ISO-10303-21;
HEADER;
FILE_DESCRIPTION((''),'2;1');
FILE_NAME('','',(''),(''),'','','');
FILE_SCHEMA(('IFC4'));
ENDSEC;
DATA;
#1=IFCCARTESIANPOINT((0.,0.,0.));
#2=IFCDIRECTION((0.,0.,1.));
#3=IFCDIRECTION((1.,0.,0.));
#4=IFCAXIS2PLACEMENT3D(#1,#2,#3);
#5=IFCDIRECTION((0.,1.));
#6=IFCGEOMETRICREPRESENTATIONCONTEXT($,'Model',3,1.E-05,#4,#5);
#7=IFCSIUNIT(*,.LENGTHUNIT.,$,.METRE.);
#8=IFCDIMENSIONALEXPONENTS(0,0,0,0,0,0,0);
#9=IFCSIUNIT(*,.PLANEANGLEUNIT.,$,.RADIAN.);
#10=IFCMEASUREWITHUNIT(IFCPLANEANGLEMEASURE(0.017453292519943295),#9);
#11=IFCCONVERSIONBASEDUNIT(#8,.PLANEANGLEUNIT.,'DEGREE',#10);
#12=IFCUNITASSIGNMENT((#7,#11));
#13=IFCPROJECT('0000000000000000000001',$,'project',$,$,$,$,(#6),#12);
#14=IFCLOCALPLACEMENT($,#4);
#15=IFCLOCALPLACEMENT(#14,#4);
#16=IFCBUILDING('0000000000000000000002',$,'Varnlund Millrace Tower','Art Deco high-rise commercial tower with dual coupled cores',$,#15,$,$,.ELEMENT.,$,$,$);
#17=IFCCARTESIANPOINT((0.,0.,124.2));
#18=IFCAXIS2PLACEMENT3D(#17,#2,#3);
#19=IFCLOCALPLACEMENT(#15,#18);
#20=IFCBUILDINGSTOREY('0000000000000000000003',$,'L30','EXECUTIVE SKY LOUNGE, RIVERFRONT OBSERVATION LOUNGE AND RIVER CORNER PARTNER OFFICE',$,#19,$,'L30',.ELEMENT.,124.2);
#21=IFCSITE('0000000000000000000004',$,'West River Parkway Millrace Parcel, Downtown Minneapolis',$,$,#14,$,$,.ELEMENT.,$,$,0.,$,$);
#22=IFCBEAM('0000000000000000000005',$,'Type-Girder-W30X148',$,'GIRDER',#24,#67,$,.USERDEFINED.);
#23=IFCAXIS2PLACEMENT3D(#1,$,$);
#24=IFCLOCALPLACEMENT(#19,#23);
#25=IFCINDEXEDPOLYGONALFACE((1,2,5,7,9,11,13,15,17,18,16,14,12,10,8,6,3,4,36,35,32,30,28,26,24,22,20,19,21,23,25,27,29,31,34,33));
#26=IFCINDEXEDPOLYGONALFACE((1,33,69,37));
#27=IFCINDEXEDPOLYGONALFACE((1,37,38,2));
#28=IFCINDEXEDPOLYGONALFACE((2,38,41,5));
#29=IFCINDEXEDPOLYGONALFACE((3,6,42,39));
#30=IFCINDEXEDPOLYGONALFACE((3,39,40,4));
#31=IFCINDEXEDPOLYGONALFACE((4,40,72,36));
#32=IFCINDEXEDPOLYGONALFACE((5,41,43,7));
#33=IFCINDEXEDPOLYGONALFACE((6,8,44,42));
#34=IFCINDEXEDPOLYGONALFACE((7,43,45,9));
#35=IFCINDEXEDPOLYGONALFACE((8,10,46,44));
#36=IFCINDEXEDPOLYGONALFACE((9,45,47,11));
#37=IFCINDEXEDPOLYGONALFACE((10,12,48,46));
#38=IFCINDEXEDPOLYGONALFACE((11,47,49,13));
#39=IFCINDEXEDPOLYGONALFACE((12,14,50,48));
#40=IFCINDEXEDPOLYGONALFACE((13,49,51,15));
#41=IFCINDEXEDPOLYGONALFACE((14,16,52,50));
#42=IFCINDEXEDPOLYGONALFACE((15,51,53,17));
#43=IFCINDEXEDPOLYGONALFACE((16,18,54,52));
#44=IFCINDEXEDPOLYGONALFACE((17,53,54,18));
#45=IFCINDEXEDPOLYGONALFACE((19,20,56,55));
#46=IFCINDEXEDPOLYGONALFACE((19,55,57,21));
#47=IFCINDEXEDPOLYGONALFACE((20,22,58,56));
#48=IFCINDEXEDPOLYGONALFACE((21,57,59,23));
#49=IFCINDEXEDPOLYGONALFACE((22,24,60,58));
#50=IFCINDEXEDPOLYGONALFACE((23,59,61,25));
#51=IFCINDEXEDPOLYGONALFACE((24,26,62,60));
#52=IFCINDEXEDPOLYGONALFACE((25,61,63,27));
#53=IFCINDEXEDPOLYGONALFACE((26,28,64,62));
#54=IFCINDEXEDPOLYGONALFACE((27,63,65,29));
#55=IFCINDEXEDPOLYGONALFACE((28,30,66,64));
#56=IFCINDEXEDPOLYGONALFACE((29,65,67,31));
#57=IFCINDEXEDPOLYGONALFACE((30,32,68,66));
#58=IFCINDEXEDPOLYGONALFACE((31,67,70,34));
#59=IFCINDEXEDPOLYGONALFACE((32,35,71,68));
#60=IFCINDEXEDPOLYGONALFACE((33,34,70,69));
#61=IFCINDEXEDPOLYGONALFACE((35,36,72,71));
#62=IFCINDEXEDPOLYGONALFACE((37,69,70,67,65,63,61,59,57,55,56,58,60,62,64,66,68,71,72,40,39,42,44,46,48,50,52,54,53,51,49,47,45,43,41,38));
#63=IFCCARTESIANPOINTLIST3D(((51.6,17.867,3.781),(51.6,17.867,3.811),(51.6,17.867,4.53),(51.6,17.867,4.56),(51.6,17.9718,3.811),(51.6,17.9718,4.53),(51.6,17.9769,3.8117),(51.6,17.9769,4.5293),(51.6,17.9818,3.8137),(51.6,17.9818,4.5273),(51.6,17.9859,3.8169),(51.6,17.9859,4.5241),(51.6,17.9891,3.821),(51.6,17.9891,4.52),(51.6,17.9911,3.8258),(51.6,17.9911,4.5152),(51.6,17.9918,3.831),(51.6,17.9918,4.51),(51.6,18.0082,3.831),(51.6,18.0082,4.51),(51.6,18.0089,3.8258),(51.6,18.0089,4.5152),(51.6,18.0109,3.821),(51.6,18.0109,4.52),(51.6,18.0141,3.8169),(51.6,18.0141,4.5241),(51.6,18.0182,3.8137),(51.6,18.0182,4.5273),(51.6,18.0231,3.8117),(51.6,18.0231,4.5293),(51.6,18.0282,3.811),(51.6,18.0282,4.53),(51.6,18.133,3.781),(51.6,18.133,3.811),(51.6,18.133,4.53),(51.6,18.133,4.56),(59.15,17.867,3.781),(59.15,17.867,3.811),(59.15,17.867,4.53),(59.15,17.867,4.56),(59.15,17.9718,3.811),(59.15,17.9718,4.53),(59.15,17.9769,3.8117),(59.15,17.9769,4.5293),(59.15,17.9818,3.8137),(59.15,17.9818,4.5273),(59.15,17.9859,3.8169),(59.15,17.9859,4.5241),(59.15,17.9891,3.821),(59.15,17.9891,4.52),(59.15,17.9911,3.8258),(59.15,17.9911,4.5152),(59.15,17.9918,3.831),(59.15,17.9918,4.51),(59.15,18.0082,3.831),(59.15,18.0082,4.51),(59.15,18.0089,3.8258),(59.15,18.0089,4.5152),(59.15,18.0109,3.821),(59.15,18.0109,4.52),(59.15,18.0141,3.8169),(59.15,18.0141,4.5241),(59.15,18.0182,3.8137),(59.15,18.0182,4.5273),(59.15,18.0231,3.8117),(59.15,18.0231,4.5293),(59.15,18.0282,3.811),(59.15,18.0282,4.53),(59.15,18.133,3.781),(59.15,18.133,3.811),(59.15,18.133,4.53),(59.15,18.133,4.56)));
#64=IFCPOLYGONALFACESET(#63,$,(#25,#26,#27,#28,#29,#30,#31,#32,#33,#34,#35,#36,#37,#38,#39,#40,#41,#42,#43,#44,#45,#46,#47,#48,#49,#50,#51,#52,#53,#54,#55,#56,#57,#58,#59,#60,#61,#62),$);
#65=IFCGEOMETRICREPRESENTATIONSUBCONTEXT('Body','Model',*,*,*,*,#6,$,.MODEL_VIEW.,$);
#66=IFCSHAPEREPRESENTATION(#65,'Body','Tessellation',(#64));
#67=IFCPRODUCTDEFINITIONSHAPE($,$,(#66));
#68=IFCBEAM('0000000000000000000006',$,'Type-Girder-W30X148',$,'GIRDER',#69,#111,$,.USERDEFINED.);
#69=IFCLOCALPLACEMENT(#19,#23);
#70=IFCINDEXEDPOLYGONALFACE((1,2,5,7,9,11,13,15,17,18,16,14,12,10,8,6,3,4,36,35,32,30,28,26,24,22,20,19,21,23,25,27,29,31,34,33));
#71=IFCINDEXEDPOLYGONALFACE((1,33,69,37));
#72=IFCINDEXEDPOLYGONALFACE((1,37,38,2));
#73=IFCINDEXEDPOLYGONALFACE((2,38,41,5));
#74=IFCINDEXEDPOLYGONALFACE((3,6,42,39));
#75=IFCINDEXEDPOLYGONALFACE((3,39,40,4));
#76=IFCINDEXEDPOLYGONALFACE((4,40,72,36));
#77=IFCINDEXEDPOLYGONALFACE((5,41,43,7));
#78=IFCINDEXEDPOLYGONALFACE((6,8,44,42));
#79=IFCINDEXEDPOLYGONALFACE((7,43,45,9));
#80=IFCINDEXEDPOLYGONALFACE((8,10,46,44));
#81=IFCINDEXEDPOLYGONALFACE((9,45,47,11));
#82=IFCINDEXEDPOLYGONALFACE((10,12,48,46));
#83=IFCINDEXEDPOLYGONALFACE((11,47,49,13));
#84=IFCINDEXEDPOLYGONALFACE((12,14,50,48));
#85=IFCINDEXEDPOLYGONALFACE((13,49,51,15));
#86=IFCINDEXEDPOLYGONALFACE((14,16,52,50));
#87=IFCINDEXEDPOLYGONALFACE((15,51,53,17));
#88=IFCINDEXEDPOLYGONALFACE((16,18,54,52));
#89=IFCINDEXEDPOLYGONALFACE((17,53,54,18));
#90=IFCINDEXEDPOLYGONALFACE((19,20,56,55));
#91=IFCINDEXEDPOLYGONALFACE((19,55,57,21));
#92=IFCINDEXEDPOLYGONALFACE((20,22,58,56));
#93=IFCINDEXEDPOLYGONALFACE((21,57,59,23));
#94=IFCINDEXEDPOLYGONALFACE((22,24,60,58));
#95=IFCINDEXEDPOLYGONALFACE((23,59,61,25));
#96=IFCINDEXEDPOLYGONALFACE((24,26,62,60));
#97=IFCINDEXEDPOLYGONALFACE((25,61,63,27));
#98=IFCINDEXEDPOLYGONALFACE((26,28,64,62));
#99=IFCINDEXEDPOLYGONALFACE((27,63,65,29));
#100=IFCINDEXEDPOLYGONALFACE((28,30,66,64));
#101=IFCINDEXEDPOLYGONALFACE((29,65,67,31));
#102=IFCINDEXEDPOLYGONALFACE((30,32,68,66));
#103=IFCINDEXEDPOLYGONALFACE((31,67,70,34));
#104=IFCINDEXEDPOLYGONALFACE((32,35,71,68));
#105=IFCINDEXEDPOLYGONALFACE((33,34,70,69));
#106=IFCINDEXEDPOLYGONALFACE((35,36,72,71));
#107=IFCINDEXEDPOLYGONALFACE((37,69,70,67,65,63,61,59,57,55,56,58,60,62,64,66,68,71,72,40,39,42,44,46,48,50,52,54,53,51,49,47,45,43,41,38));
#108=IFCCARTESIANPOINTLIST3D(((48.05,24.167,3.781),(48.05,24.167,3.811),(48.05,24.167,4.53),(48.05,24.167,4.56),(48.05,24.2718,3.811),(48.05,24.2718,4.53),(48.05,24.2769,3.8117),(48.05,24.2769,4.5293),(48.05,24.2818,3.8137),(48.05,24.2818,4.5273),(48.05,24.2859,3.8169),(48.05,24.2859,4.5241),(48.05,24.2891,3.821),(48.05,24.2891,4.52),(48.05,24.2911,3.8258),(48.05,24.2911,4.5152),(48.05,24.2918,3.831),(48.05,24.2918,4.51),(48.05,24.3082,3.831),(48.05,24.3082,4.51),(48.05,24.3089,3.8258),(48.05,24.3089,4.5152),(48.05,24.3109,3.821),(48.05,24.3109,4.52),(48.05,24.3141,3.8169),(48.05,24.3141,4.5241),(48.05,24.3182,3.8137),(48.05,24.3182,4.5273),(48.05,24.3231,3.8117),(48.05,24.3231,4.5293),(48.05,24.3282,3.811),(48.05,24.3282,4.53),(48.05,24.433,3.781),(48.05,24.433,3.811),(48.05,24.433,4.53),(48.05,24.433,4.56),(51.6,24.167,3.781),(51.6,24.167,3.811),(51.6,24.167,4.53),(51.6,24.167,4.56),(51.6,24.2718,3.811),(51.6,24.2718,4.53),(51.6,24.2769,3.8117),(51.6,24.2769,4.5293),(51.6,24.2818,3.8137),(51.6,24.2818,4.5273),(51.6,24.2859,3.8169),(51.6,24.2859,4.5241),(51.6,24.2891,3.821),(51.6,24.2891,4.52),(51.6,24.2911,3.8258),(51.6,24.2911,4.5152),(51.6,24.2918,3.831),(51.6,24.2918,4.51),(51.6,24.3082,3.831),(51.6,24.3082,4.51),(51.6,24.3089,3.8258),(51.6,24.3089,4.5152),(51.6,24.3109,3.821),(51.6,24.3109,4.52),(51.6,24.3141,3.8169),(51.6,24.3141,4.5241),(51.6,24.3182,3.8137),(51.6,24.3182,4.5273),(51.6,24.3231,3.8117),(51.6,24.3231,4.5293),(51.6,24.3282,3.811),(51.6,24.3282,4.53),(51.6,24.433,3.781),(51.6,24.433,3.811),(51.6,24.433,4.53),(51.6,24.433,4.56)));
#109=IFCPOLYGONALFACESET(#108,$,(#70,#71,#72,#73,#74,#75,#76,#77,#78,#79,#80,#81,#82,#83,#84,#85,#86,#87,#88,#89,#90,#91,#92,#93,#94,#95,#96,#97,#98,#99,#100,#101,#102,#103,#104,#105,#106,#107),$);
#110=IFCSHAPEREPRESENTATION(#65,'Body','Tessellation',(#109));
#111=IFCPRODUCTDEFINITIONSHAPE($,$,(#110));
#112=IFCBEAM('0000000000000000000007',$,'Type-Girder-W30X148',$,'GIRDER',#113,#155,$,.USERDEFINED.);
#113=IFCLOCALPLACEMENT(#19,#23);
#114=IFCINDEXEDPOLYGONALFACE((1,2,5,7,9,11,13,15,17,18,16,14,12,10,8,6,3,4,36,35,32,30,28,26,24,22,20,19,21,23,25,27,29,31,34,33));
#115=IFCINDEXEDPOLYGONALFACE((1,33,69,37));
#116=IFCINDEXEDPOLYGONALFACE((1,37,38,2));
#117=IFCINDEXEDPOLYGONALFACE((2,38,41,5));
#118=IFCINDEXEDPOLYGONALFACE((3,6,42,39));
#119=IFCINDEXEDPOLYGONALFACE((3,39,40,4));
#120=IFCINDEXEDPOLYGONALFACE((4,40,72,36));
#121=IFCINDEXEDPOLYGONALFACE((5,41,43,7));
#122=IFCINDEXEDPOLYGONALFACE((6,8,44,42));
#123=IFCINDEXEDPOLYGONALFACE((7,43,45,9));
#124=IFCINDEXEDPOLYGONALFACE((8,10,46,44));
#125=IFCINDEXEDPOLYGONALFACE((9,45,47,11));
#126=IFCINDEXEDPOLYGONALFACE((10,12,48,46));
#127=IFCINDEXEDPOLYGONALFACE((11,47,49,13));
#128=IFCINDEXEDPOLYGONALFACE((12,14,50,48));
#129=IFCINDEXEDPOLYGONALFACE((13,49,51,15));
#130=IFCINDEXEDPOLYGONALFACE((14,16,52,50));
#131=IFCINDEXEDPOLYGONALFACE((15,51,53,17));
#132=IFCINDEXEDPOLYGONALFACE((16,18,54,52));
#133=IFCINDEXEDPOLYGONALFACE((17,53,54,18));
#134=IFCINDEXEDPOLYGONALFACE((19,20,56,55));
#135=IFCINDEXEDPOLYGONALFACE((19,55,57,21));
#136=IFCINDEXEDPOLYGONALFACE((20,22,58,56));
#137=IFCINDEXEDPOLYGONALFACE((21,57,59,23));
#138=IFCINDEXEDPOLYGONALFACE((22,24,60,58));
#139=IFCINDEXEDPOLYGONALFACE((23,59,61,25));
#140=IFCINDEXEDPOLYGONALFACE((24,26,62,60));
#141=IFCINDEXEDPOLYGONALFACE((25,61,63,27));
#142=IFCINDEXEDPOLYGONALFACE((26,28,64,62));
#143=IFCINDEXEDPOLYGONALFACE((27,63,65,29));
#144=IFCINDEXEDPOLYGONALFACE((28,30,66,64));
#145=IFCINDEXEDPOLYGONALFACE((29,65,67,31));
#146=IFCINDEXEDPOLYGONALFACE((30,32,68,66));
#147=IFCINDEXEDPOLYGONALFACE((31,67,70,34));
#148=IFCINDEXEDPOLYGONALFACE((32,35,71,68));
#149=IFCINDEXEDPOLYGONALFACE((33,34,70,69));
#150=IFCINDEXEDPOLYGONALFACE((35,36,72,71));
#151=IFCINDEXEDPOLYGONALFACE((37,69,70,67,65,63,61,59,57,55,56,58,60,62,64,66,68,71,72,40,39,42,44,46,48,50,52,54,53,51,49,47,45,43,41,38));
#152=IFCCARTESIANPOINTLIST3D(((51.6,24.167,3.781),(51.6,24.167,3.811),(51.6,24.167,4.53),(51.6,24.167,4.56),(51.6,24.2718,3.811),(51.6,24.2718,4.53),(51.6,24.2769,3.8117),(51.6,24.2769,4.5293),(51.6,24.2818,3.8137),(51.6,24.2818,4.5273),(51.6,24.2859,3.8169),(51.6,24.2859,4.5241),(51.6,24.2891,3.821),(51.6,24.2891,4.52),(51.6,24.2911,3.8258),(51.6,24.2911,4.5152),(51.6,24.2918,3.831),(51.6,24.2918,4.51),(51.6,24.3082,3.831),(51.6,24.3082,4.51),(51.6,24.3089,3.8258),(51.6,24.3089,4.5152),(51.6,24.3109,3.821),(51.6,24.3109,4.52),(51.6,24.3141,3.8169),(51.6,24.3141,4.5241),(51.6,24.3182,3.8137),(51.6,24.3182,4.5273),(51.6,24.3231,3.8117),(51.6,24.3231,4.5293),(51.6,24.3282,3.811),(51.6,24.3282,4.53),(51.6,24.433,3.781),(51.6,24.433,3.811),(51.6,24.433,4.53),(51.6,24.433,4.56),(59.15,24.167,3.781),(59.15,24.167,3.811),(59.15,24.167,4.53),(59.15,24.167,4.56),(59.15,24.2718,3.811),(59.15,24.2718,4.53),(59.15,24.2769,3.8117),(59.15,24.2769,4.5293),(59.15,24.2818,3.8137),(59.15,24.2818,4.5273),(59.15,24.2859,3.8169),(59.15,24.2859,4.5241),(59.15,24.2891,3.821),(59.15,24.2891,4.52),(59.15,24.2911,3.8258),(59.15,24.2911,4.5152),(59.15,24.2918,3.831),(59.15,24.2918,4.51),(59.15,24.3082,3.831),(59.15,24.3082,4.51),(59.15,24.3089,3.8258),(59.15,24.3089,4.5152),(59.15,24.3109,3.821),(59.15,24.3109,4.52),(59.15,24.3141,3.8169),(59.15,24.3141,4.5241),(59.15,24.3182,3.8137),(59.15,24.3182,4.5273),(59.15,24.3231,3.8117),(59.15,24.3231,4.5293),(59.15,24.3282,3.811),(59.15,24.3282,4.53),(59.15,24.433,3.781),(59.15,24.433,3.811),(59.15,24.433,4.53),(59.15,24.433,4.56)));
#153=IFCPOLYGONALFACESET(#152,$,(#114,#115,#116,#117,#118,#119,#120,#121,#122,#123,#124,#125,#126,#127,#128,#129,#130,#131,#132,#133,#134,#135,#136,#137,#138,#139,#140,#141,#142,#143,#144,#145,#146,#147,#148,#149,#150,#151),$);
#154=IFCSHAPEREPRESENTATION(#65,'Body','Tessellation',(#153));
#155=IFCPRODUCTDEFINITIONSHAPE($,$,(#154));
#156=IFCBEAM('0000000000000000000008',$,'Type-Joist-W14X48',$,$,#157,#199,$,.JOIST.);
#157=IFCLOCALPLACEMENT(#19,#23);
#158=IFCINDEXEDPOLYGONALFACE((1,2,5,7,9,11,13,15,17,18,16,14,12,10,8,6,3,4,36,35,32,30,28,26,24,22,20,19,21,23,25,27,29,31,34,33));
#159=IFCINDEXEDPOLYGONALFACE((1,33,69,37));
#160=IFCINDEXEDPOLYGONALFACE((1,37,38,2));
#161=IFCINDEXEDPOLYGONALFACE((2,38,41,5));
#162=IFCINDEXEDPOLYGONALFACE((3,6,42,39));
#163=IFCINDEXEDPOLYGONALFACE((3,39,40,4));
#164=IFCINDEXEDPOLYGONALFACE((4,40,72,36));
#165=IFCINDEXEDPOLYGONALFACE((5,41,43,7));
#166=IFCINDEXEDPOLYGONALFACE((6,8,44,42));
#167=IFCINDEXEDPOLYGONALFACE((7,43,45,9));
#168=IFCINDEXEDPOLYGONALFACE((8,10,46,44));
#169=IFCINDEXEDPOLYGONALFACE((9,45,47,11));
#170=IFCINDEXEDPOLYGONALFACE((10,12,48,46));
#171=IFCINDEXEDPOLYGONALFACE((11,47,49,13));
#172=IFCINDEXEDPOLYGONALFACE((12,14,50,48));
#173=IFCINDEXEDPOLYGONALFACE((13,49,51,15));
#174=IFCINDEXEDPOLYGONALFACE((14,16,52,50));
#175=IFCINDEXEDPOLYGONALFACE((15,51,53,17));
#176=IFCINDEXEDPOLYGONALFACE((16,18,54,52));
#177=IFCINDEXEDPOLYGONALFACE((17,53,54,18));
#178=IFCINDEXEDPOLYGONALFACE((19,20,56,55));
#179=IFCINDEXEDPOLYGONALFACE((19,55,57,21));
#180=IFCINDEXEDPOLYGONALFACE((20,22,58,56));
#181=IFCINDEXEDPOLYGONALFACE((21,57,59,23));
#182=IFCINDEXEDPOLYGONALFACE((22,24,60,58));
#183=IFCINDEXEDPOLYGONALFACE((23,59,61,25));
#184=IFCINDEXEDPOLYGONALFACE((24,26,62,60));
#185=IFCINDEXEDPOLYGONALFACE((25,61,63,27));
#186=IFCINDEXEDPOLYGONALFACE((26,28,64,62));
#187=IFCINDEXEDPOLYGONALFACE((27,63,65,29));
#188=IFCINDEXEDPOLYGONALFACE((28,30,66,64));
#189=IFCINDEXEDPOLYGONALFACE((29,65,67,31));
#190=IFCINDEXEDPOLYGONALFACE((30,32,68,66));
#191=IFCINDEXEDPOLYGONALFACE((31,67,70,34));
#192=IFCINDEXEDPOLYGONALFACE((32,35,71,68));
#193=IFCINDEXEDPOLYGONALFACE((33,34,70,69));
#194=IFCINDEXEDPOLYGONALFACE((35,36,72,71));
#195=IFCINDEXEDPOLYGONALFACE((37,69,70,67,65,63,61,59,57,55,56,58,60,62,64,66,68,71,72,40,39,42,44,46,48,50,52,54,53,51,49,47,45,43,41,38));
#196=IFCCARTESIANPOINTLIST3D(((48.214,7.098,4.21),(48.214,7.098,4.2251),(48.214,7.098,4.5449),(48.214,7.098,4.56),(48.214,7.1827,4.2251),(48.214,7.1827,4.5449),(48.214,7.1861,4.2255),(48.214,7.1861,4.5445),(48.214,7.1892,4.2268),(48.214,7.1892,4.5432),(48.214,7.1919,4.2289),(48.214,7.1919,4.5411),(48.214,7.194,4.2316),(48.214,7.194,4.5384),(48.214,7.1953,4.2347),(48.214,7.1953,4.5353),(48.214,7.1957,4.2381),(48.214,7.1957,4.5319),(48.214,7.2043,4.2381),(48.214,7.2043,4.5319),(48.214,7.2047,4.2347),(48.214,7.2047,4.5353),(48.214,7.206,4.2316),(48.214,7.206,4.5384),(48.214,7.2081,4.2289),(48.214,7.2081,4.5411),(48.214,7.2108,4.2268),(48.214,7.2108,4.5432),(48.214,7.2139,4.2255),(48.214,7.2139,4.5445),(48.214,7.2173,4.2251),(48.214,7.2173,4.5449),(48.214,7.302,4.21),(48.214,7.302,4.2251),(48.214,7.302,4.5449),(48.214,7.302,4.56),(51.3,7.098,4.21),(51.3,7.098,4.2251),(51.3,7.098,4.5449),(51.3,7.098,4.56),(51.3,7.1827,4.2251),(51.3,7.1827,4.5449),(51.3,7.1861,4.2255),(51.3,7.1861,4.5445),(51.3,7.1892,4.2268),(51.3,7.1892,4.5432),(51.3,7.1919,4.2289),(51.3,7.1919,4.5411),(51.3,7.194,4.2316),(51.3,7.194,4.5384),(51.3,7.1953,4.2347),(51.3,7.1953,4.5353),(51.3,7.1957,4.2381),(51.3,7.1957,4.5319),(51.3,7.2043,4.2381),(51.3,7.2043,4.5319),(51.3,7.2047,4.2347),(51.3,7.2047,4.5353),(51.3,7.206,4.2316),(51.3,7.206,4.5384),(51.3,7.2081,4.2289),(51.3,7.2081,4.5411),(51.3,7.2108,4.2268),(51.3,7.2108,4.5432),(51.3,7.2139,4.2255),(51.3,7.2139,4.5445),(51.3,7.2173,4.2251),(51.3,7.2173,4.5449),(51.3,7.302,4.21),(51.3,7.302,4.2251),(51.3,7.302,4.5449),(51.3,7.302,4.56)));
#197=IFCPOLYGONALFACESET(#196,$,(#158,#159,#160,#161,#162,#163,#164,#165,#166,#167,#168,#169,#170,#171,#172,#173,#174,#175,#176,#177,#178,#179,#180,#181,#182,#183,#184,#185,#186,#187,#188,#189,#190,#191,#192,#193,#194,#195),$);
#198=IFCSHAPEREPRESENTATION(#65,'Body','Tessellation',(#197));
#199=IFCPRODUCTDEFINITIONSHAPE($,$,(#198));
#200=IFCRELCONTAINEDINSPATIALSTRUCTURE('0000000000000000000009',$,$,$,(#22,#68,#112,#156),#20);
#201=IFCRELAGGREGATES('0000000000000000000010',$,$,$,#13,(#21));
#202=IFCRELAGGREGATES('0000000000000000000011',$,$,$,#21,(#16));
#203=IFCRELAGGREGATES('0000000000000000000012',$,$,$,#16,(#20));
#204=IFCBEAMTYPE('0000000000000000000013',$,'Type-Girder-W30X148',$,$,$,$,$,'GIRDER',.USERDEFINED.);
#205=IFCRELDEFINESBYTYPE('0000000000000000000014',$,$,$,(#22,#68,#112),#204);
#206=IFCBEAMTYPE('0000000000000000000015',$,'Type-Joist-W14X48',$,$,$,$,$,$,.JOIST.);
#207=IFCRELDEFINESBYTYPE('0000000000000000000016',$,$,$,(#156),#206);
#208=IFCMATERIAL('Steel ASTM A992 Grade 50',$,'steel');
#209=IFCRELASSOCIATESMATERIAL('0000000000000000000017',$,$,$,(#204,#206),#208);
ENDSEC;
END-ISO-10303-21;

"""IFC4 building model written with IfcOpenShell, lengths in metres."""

from ifc_helpers import new_model, entity, si_unit, converted_unit, direction, frame, origin_with_axes, origin_2d_with_axis, place, context, subcontext, project, spatial, i_section, extrude, material, material_profile, profile_set, type_object, element, save


model = new_model("IFC4")

# Units and contexts
model_context = context("Model", 3, precision=1e-05, world=origin_with_axes(), true_north=direction((0.0, 1.0)))
body_context = subcontext(model_context, "Body", "Model", "MODEL_VIEW")
ifc_project = project(units=[si_unit("LENGTHUNIT", "METRE"), converted_unit("PLANEANGLEUNIT", "DEGREE", entity("IfcPlaneAngleMeasure", 0.017453292519943295), si_unit("PLANEANGLEUNIT", "RADIAN"), dimensions=[0, 0, 0, 0, 0, 0, 0])], contexts=[model_context])

# Site, building, storey
site_placement = place(None, origin_with_axes())
site = spatial("IfcSite", under=ifc_project, at=site_placement, Name="West River Parkway Millrace Parcel, Downtown Minneapolis", CompositionType="ELEMENT", RefElevation=0.0)
building_placement = place(site_placement, origin_with_axes())
building = spatial("IfcBuilding", under=site, at=building_placement, Name="Varnlund Millrace Tower", Description="Art Deco high-rise commercial tower with dual coupled cores", CompositionType="ELEMENT")
storey_placement = place(building_placement, frame((0.0, 0.0, 124.2), z_axis=(0.0, 0.0, 1.0), x_axis=(1.0, 0.0, 0.0)))
storey = spatial("IfcBuildingStorey", under=building, at=storey_placement, Name="L30", Description="EXECUTIVE SKY LOUNGE, RIVERFRONT OBSERVATION LOUNGE AND RIVER CORNER PARTNER OFFICE", LongName="L30", CompositionType="ELEMENT", Elevation=124.2)

# Beams
ifc_material_1 = material(Name="Steel ASTM A992 Grade 50", Category="steel")
ifc_material_profile_1 = material_profile(ifc_material_1, i_section(OverallWidth=0.266, OverallDepth=0.779, WebThickness=0.0165, FlangeThickness=0.03, FilletRadius=0.02, at=origin_2d_with_axis()), Name="Steel ASTM A992 Grade 50")
ifc_profile_set_1 = profile_set([ifc_material_profile_1], Name="Steel ASTM A992 Grade 50")
beam_type_1 = type_object("IfcBeamType", Name="Type-Girder-W30X148", ElementType="GIRDER", PredefinedType="USERDEFINED", material=ifc_profile_set_1)
beam_1_placement = place(storey_placement, frame((51.6, 18.0, 4.1705), z_axis=(1.0, 0.0, 0.0), x_axis=(0.0, 1.0, 0.0)))
element("IfcBeam", 1, at=beam_1_placement, inside=storey, type_object=beam_type_1, Name="Type-Girder-W30X148", ObjectType="GIRDER", PredefinedType="USERDEFINED", context=body_context, shape_type="SweptSolid", body=[
    extrude(i_section(OverallWidth=0.266, OverallDepth=0.779, WebThickness=0.0165, FlangeThickness=0.03, FilletRadius=0.02, at=origin_2d_with_axis()), origin_with_axes(), (0.0, 0.0, 1.0), 7.55),
])
beam_2_placement = place(storey_placement, frame((48.05, 24.3, 4.1705), z_axis=(1.0, 0.0, 0.0), x_axis=(0.0, 1.0, 0.0)))
element("IfcBeam", 2, at=beam_2_placement, inside=storey, type_object=beam_type_1, Name="Type-Girder-W30X148", ObjectType="GIRDER", PredefinedType="USERDEFINED", context=body_context, shape_type="SweptSolid", body=[
    extrude(i_section(OverallWidth=0.266, OverallDepth=0.779, WebThickness=0.0165, FlangeThickness=0.03, FilletRadius=0.02, at=origin_2d_with_axis()), origin_with_axes(), (0.0, 0.0, 1.0), 3.55),
])
beam_3_placement = place(storey_placement, frame((51.6, 24.3, 4.1705), z_axis=(1.0, 0.0, 0.0), x_axis=(0.0, 1.0, 0.0)))
element("IfcBeam", 3, at=beam_3_placement, inside=storey, type_object=beam_type_1, Name="Type-Girder-W30X148", ObjectType="GIRDER", PredefinedType="USERDEFINED", context=body_context, shape_type="SweptSolid", body=[
    extrude(i_section(OverallWidth=0.266, OverallDepth=0.779, WebThickness=0.0165, FlangeThickness=0.03, FilletRadius=0.02, at=origin_2d_with_axis()), origin_with_axes(), (0.0, 0.0, 1.0), 7.55),
])
ifc_material_profile_2 = material_profile(ifc_material_1, i_section(OverallWidth=0.204, OverallDepth=0.35, WebThickness=0.0086, FlangeThickness=0.0151, FilletRadius=0.013, at=origin_2d_with_axis()), Name="Steel ASTM A992 Grade 50")
ifc_profile_set_2 = profile_set([ifc_material_profile_2], Name="Steel ASTM A992 Grade 50")
beam_type_2 = type_object("IfcBeamType", Name="Type-Joist-W14X48", PredefinedType="JOIST", material=ifc_profile_set_2)
for number, where, z_axis, x_axis, name in (
    (4, (48.214, 7.2, 4.385), (1.0, 0.0, 0.0), (0.0, 1.0, 0.0), "Type-Joist-W14X48"),
):
    element("IfcBeam", number, at=place(storey_placement, frame(where, z_axis=z_axis, x_axis=x_axis)), inside=storey, type_object=beam_type_2, Name=name, PredefinedType="JOIST", context=body_context, shape_type="SweptSolid", body=[
        extrude(i_section(OverallWidth=0.204, OverallDepth=0.35, WebThickness=0.0086, FlangeThickness=0.0151, FilletRadius=0.013, at=origin_2d_with_axis()), origin_with_axes(), (0.0, 0.0, 1.0), 3.086),
    ])

save(model, "model.ifc")
